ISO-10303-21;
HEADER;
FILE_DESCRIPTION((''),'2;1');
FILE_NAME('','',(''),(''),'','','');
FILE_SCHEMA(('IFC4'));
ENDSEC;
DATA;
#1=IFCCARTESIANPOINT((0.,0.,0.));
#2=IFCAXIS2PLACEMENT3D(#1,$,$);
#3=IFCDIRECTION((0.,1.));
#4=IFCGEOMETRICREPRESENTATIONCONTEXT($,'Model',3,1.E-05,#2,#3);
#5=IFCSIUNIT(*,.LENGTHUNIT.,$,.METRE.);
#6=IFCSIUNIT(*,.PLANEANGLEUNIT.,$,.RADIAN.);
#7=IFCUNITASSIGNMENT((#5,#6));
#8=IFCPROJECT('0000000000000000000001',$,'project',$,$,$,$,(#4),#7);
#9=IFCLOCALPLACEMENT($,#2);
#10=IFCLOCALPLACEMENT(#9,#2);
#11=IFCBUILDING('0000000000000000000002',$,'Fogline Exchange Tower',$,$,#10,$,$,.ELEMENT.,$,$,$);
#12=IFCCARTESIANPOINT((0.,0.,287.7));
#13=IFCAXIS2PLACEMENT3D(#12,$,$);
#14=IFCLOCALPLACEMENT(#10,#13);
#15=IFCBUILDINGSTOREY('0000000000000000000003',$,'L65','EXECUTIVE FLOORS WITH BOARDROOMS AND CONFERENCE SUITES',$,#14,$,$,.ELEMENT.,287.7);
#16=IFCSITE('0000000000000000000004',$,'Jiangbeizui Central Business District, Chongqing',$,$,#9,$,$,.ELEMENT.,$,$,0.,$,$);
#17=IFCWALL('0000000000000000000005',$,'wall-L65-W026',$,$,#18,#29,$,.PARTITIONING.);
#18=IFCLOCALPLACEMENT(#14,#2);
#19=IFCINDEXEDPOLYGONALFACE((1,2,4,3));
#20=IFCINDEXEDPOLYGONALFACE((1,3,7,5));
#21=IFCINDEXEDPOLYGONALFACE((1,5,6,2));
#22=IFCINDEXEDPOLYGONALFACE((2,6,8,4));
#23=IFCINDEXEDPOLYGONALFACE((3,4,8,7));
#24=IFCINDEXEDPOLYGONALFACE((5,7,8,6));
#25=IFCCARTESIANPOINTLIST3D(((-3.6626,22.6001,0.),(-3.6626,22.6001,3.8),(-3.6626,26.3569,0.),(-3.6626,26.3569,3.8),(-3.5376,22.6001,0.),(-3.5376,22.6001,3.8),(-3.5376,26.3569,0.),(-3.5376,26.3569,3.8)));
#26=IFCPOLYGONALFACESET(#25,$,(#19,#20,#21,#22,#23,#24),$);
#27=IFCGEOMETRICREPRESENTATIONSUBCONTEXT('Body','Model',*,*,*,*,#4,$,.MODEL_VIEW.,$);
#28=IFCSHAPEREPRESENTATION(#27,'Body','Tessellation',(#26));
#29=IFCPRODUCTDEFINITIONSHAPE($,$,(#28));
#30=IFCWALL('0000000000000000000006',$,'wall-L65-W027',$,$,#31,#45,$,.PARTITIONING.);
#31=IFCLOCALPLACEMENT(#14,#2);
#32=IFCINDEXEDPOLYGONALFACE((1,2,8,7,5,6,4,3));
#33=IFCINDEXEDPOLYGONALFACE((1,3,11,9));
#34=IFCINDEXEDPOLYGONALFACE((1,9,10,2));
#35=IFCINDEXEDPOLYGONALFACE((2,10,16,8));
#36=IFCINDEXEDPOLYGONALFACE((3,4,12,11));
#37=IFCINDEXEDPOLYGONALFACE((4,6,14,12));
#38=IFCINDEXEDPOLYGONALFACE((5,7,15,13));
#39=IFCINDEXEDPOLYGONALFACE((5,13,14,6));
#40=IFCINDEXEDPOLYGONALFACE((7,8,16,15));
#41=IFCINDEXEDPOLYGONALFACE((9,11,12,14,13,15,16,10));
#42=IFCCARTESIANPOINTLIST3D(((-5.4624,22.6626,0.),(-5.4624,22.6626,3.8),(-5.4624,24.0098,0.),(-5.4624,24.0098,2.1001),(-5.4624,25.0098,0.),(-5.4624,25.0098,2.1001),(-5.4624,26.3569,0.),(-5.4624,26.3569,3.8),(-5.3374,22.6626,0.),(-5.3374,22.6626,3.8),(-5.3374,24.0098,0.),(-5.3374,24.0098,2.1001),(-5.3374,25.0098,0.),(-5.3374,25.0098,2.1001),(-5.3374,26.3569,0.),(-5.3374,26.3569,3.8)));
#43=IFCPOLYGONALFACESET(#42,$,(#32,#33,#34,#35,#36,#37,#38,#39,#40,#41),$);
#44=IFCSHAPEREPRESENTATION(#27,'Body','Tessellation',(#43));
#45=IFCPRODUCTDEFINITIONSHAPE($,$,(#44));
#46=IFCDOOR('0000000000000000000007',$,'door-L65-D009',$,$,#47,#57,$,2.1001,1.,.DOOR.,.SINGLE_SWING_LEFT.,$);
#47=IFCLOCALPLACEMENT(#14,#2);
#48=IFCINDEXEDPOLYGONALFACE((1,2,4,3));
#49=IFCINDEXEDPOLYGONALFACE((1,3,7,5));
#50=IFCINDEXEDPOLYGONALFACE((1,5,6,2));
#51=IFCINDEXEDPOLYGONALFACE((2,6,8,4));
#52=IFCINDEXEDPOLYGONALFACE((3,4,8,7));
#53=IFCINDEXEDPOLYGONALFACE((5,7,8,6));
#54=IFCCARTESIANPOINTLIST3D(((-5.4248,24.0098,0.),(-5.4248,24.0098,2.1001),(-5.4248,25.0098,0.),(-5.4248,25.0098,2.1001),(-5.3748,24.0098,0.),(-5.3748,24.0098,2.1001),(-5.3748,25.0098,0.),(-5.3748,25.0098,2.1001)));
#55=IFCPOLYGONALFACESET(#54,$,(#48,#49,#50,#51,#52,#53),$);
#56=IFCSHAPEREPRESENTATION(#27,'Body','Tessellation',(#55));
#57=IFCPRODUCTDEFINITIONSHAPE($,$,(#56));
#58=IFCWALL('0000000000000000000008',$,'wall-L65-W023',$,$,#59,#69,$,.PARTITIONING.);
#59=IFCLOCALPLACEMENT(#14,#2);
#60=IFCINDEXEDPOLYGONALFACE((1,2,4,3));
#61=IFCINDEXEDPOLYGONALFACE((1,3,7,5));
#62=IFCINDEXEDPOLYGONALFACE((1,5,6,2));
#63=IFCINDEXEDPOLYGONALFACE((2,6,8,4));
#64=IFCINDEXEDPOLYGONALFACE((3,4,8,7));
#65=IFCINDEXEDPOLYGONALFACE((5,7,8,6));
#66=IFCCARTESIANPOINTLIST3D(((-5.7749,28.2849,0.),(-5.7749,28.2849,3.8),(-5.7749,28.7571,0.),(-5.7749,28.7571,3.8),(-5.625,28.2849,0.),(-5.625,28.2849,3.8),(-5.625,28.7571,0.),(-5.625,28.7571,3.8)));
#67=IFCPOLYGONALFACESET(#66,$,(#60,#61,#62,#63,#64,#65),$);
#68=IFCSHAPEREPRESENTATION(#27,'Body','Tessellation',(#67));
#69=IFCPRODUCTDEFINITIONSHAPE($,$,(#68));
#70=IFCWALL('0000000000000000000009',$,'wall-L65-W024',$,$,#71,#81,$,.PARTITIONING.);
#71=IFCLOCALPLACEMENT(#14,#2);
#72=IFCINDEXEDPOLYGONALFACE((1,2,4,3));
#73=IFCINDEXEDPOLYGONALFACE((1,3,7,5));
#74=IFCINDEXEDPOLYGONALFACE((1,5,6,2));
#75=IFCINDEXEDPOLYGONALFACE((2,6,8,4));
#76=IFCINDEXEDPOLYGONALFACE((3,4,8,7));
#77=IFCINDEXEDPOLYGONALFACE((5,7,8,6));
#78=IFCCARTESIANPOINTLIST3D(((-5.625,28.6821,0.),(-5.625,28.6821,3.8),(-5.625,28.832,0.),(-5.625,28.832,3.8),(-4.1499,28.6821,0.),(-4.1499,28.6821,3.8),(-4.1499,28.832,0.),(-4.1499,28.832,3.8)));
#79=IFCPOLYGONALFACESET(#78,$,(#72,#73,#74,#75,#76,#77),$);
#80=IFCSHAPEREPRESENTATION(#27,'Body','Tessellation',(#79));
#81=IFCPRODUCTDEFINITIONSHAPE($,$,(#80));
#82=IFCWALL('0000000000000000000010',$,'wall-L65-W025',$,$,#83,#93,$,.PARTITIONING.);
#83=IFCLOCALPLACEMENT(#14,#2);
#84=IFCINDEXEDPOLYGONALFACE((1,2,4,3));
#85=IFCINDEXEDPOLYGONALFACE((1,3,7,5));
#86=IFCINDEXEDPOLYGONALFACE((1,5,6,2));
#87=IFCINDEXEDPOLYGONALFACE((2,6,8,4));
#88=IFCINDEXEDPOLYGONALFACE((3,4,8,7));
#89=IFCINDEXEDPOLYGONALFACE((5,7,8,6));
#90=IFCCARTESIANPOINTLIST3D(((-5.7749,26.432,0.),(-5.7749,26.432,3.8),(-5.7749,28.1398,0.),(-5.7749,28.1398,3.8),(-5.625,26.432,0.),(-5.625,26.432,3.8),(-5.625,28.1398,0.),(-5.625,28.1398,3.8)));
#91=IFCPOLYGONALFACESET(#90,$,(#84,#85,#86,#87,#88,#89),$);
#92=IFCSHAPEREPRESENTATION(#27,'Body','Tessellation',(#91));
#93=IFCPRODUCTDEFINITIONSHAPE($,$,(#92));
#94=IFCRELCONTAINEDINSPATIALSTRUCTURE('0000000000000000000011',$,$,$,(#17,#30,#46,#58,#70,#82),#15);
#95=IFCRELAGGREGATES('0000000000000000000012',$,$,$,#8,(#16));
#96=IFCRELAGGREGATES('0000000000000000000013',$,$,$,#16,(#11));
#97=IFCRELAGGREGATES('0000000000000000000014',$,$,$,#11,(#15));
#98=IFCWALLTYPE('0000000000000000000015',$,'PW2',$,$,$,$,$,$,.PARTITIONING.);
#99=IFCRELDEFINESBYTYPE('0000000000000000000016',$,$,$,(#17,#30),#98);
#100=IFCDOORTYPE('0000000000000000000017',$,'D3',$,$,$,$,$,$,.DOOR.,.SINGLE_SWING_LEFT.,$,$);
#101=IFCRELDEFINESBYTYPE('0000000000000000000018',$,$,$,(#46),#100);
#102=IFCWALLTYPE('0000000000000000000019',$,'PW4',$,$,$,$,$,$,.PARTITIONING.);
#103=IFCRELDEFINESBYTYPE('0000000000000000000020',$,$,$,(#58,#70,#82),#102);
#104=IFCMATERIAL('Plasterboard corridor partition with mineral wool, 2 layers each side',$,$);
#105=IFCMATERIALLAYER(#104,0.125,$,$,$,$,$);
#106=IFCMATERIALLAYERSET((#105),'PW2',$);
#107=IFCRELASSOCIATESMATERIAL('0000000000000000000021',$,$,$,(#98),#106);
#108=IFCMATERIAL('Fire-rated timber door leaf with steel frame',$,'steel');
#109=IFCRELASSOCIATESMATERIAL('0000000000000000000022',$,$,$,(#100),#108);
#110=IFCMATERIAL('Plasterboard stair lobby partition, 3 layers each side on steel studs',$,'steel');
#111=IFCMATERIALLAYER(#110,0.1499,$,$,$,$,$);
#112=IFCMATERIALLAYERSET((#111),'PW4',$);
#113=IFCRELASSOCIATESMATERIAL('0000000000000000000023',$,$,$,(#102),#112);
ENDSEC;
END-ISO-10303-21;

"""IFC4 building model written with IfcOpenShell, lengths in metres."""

from ifc_helpers import new_model, si_unit, direction, frame, frame_2d, origin, place, context, subcontext, project, spatial, rectangle, extrude, material, layer, layer_set, type_object, element, fill, save


model = new_model("IFC4")

# Units and contexts
model_context = context("Model", 3, precision=1e-05, world=origin(), true_north=direction((0.0, 1.0)))
body_context = subcontext(model_context, "Body", "Model", "MODEL_VIEW")
ifc_project = project(units=[si_unit("LENGTHUNIT", "METRE"), si_unit("PLANEANGLEUNIT", "RADIAN")], contexts=[model_context])

# Site, building, storey
site_placement = place(None, origin())
site = spatial("IfcSite", under=ifc_project, at=site_placement, Name="Jiangbeizui Central Business District, Chongqing", CompositionType="ELEMENT", RefElevation=0.0)
building_placement = place(site_placement, origin())
building = spatial("IfcBuilding", under=site, at=building_placement, Name="Fogline Exchange Tower", CompositionType="ELEMENT")
storey_placement = place(building_placement, frame((0.0, 0.0, 287.7)))
storey = spatial("IfcBuildingStorey", under=building, at=storey_placement, Name="L65", Description="EXECUTIVE FLOORS WITH BOARDROOMS AND CONFERENCE SUITES", CompositionType="ELEMENT", Elevation=287.7)

# Wall
ifc_material_1 = material(Name="Plasterboard corridor partition with mineral wool, 2 layers each side")
ifc_layer_1 = layer(ifc_material_1, 0.125)
ifc_layer_set_1 = layer_set([ifc_layer_1], Name="PW2")
wall_type_1 = type_object("IfcWallType", Name="PW2", PredefinedType="PARTITIONING", material=ifc_layer_set_1)
wall_1_placement = place(storey_placement, frame((-3.6001, 26.3569, 0.0), z_axis=(0.0, 0.0, 1.0), x_axis=(0.0, -1.0, 0.0)))
element("IfcWall", 1, at=wall_1_placement, inside=storey, type_object=wall_type_1, Name="wall-L65-W026", PredefinedType="PARTITIONING", context=body_context, shape_type="SweptSolid", body=[
    extrude(rectangle(XDim=3.7568, YDim=0.125, at=frame_2d((1.8784, 0.0))), origin(), (0.0, 0.0, 1.0), 3.8),
])

# Wall, opening, door
wall_2_placement = place(storey_placement, frame((-5.3999, 22.6626, 0.0), z_axis=(0.0, 0.0, 1.0), x_axis=(0.0, 1.0, 0.0)))
wall_2 = element("IfcWall", 2, at=wall_2_placement, inside=storey, type_object=wall_type_1, Name="wall-L65-W027", PredefinedType="PARTITIONING", context=body_context, shape_type="SweptSolid", body=[
    extrude(rectangle(XDim=3.6943, YDim=0.125, at=frame_2d((1.8472, 0.0))), origin(), (0.0, 0.0, 1.0), 3.8),
])
opening_1_placement = place(wall_2_placement, frame((1.3472, 0.0, 0.0)))
opening_1 = element("IfcOpeningElement", 3, at=opening_1_placement, cuts=wall_2, PredefinedType="OPENING", context=body_context, shape_type="SweptSolid", body=[
    extrude(rectangle(XDim=1.0, YDim=2.1001, at=frame_2d((0.5, 1.05))), frame((0.0, 0.0725, 0.0), z_axis=(0.0, -1.0, 0.0), x_axis=(1.0, 0.0, 0.0)), (0.0, 0.0, 1.0), 0.145),
])
ifc_material_2 = material(Name="Fire-rated timber door leaf with steel frame", Category="steel")
door_type_1 = type_object("IfcDoorType", Name="D3", OperationType="SINGLE_SWING_LEFT", PredefinedType="DOOR", material=ifc_material_2)
door_1_placement = place(opening_1_placement, origin())
door_1 = element("IfcDoor", 4, at=door_1_placement, inside=storey, type_object=door_type_1, Name="door-L65-D009", OperationType="SINGLE_SWING_LEFT", OverallHeight=2.1001, OverallWidth=1.0, PredefinedType="DOOR", context=body_context, shape_type="SweptSolid", body=[
    extrude(rectangle(XDim=1.0, YDim=2.1001, at=frame_2d((0.5, 1.05))), frame((0.0, 0.0249, 0.0), z_axis=(0.0, -1.0, 0.0), x_axis=(1.0, 0.0, 0.0)), (0.0, 0.0, 1.0), 0.05),
])
fill(opening_1, door_1)

# Walls
ifc_material_3 = material(Name="Plasterboard stair lobby partition, 3 layers each side on steel studs", Category="steel")
ifc_layer_2 = layer(ifc_material_3, 0.1499)
ifc_layer_set_2 = layer_set([ifc_layer_2], Name="PW4")
wall_type_2 = type_object("IfcWallType", Name="PW4", PredefinedType="PARTITIONING", material=ifc_layer_set_2)
wall_3_placement = place(storey_placement, frame((-5.7, 28.2849, 0.0), z_axis=(0.0, 0.0, 1.0), x_axis=(0.0, 1.0, 0.0)))
element("IfcWall", 5, at=wall_3_placement, inside=storey, type_object=wall_type_2, Name="wall-L65-W023", PredefinedType="PARTITIONING", context=body_context, shape_type="SweptSolid", body=[
    extrude(rectangle(XDim=0.4722, YDim=0.1499, at=frame_2d((0.2361, 0.0))), origin(), (0.0, 0.0, 1.0), 3.8),
])
wall_4_placement = place(storey_placement, frame((-5.625, 28.7571, 0.0), z_axis=(0.0, 0.0, 1.0), x_axis=(1.0, 0.0, 0.0)))
element("IfcWall", 6, at=wall_4_placement, inside=storey, type_object=wall_type_2, Name="wall-L65-W024", PredefinedType="PARTITIONING", context=body_context, shape_type="SweptSolid", body=[
    extrude(rectangle(XDim=1.4751, YDim=0.1499, at=frame_2d((0.7375, 0.0))), origin(), (0.0, 0.0, 1.0), 3.8),
])
wall_5_placement = place(storey_placement, frame((-5.7, 26.4319, 0.0), z_axis=(0.0, 0.0, 1.0), x_axis=(0.0, 1.0, 0.0)))
element("IfcWall", 7, at=wall_5_placement, inside=storey, type_object=wall_type_2, Name="wall-L65-W025", PredefinedType="PARTITIONING", context=body_context, shape_type="SweptSolid", body=[
    extrude(rectangle(XDim=1.7078, YDim=0.1499, at=frame_2d((0.854, 0.0))), origin(), (0.0, 0.0, 1.0), 3.8),
])

save(model, "model.ifc")
